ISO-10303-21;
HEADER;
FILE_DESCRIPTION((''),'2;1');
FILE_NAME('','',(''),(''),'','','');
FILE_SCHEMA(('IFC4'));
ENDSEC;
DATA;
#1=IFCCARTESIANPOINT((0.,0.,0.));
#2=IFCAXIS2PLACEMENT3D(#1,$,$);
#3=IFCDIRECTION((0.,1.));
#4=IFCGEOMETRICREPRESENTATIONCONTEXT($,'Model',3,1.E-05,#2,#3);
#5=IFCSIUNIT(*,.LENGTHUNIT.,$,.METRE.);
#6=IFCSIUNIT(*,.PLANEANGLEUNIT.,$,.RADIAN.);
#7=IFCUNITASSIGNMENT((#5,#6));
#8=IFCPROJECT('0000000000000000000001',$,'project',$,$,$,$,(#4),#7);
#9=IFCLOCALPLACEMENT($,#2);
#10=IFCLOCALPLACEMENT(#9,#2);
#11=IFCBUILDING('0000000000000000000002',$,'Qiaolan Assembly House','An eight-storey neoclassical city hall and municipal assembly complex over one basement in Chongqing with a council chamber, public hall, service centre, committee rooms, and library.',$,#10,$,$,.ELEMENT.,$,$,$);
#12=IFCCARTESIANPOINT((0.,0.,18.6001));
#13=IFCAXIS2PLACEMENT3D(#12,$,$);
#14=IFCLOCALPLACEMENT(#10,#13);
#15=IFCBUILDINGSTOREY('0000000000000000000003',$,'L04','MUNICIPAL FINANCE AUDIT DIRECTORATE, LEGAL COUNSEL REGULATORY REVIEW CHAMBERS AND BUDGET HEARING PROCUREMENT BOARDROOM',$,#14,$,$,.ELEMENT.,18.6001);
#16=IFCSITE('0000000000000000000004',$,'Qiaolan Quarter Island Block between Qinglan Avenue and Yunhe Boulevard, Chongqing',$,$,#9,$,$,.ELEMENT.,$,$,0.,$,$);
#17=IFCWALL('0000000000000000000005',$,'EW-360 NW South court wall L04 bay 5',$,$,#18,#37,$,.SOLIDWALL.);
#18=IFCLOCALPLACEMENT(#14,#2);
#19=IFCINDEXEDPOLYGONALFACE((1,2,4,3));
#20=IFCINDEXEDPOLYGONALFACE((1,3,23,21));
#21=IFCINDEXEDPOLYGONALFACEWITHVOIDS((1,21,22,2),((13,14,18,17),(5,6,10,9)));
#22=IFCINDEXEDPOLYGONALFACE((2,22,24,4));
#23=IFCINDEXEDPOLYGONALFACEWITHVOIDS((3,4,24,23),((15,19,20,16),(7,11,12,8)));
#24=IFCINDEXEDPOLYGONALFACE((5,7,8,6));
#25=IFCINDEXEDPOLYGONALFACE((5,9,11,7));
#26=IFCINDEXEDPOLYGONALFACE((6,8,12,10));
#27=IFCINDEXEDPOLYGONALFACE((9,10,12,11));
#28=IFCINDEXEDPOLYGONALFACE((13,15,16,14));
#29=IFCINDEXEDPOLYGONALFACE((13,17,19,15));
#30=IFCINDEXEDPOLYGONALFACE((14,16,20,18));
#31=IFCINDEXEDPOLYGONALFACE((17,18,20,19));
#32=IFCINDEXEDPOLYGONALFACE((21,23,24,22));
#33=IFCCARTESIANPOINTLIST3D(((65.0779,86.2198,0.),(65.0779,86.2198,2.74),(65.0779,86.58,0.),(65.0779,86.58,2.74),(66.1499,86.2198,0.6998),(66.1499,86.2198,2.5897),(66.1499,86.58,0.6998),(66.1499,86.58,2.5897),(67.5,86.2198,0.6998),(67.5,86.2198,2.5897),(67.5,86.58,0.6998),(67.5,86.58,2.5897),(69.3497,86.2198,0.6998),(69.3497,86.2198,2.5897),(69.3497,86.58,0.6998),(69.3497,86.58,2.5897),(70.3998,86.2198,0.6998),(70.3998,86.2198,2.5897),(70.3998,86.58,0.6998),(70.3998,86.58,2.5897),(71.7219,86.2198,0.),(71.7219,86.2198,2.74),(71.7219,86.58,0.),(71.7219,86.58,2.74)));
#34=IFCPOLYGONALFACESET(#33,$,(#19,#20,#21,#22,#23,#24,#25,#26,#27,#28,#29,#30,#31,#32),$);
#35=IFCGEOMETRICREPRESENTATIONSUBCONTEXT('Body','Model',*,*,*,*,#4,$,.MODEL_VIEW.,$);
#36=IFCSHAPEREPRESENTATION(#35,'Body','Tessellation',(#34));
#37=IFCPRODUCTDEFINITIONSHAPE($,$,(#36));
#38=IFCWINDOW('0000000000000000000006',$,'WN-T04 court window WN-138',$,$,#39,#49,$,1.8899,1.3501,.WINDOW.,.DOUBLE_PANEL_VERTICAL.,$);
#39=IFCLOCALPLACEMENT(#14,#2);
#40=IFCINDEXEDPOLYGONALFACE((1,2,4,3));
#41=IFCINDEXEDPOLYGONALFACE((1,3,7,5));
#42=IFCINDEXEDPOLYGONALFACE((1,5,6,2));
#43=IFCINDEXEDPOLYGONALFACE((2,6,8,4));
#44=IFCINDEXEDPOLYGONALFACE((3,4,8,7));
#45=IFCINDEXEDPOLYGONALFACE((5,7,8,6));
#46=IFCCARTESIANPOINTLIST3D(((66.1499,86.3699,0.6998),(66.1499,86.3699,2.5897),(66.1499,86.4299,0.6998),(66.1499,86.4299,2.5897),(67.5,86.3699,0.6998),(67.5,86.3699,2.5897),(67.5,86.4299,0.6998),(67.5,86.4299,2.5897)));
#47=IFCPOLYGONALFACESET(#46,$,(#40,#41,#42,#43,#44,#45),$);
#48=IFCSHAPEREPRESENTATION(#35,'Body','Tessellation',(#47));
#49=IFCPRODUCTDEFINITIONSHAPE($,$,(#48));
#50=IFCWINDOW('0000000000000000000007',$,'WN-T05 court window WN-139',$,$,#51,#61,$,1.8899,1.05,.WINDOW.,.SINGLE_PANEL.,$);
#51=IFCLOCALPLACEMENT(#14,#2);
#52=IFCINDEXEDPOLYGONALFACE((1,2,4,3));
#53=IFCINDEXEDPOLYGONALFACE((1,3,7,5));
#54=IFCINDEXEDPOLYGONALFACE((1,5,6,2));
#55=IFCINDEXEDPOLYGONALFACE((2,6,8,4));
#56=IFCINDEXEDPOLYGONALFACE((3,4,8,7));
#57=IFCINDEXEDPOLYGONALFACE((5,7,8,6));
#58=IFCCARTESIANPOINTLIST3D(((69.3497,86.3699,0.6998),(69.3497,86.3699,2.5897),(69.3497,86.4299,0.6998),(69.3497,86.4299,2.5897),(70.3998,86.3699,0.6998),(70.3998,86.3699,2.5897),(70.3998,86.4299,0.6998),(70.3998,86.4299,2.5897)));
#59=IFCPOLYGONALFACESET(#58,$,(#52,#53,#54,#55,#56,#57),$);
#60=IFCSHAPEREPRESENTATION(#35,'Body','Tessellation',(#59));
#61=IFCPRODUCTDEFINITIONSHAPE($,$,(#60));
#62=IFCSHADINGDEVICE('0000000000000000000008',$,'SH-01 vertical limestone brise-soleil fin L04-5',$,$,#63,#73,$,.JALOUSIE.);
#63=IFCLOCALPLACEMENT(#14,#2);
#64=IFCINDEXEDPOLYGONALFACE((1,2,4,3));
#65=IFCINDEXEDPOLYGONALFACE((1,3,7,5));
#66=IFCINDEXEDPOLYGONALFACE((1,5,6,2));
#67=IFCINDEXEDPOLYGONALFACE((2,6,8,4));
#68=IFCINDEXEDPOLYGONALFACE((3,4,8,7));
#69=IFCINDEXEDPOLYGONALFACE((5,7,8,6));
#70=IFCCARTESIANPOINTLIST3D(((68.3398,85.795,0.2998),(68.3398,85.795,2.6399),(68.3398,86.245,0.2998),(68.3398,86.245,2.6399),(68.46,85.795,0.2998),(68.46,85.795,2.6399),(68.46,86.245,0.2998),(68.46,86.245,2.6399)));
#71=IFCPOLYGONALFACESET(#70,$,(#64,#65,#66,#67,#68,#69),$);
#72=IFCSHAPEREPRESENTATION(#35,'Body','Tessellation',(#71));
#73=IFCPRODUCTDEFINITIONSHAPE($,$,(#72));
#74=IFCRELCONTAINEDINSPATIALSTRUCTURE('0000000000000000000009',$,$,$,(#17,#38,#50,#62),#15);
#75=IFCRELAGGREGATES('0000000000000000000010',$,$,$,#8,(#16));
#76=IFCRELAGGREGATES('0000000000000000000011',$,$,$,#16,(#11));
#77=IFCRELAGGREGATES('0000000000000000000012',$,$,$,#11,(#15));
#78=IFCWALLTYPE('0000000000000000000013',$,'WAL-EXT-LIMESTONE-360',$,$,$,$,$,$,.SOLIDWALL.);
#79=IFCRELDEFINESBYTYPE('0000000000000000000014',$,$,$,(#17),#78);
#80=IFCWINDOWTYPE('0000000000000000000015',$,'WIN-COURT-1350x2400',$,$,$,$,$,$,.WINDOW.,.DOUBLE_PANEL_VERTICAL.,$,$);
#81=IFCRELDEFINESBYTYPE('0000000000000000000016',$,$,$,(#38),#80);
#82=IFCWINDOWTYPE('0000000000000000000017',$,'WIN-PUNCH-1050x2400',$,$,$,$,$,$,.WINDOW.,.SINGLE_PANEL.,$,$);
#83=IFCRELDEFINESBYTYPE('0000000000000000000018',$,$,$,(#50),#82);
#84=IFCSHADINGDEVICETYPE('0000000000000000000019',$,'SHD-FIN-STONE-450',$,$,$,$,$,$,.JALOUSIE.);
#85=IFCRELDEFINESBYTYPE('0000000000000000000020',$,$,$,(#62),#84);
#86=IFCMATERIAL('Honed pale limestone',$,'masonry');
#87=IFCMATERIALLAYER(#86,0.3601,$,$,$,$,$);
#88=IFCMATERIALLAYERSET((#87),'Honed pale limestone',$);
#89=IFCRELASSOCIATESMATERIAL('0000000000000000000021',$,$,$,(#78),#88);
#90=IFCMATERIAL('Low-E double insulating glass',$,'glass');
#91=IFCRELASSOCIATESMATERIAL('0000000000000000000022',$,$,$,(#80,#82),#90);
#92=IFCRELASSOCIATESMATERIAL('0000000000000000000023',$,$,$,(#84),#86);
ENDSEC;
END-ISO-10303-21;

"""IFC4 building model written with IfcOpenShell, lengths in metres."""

from ifc_helpers import new_model, si_unit, direction, frame, frame_2d, origin, origin_2d, place, context, subcontext, project, spatial, rectangle, extrude, material, layer, layer_set, material_profile, profile_set, type_object, element, fill, save


model = new_model("IFC4")

# Units and contexts
model_context = context("Model", 3, precision=1e-05, world=origin(), true_north=direction((0.0, 1.0)))
body_context = subcontext(model_context, "Body", "Model", "MODEL_VIEW")
ifc_project = project(units=[si_unit("LENGTHUNIT", "METRE"), si_unit("PLANEANGLEUNIT", "RADIAN")], contexts=[model_context])

# Site, building, storey
site_placement = place(None, origin())
site = spatial("IfcSite", under=ifc_project, at=site_placement, Name="Qiaolan Quarter Island Block between Qinglan Avenue and Yunhe Boulevard, Chongqing", CompositionType="ELEMENT", RefElevation=0.0)
building_placement = place(site_placement, origin())
building = spatial("IfcBuilding", under=site, at=building_placement, Name="Qiaolan Assembly House", Description="An eight-storey neoclassical city hall and municipal assembly complex over one basement in Chongqing with a council chamber, public hall, service centre, committee rooms, and library.", CompositionType="ELEMENT")
storey_placement = place(building_placement, frame((0.0, 0.0, 18.6001)))
storey = spatial("IfcBuildingStorey", under=building, at=storey_placement, Name="L04", Description="MUNICIPAL FINANCE AUDIT DIRECTORATE, LEGAL COUNSEL REGULATORY REVIEW CHAMBERS AND BUDGET HEARING PROCUREMENT BOARDROOM", CompositionType="ELEMENT", Elevation=18.6001)

# Wall, openings, windows
ifc_material_1 = material(Name="Honed pale limestone", Category="masonry")
ifc_layer_1 = layer(ifc_material_1, 0.3601)
ifc_layer_set_1 = layer_set([ifc_layer_1], Name="Honed pale limestone")
wall_type = type_object("IfcWallType", Name="WAL-EXT-LIMESTONE-360", PredefinedType="SOLIDWALL", material=ifc_layer_set_1)
wall_placement = place(storey_placement, frame((65.0779, 86.3999, 0.0), z_axis=(0.0, 0.0, 1.0), x_axis=(1.0, 0.0, 0.0)))
wall = element("IfcWall", 1, at=wall_placement, inside=storey, type_object=wall_type, Name="EW-360 NW South court wall L04 bay 5", PredefinedType="SOLIDWALL", context=body_context, shape_type="SweptSolid", body=[
    extrude(rectangle(XDim=6.644, YDim=0.3601, at=frame_2d((3.322, 0.0))), origin(), (0.0, 0.0, 1.0), 2.74),
])
opening_1_placement = place(wall_placement, frame((1.072, 0.0, 0.7)))
opening_1 = element("IfcOpeningElement", 2, at=opening_1_placement, cuts=wall, PredefinedType="OPENING", context=body_context, shape_type="SweptSolid", body=[
    extrude(rectangle(XDim=1.3501, YDim=1.8899, at=frame_2d((0.675, 0.9448))), frame((0.0, 0.1899, 0.0), z_axis=(0.0, -1.0, 0.0), x_axis=(1.0, 0.0, 0.0)), (0.0, 0.0, 1.0), 0.3801),
])
opening_2_placement = place(wall_placement, frame((4.272, 0.0, 0.7)))
opening_2 = element("IfcOpeningElement", 3, at=opening_2_placement, cuts=wall, PredefinedType="OPENING", context=body_context, shape_type="SweptSolid", body=[
    extrude(rectangle(XDim=1.05, YDim=1.8899, at=frame_2d((0.5249, 0.9448))), frame((0.0, 0.1899, 0.0), z_axis=(0.0, -1.0, 0.0), x_axis=(1.0, 0.0, 0.0)), (0.0, 0.0, 1.0), 0.3801),
])
ifc_material_2 = material(Name="Low-E double insulating glass", Category="glass")
window_type_1 = type_object("IfcWindowType", Name="WIN-COURT-1350x2400", PartitioningType="DOUBLE_PANEL_VERTICAL", PredefinedType="WINDOW", material=ifc_material_2)
window_1_placement = place(opening_1_placement, origin())
window_1 = element("IfcWindow", 4, at=window_1_placement, inside=storey, type_object=window_type_1, Name="WN-T04 court window WN-138", OverallHeight=1.8899, OverallWidth=1.3501, PartitioningType="DOUBLE_PANEL_VERTICAL", PredefinedType="WINDOW", context=body_context, shape_type="SweptSolid", body=[
    extrude(rectangle(XDim=1.3501, YDim=1.8899, at=frame_2d((0.675, 0.9448))), frame((0.0, 0.03, 0.0), z_axis=(0.0, -1.0, 0.0), x_axis=(1.0, 0.0, 0.0)), (0.0, 0.0, 1.0), 0.0601),
])
fill(opening_1, window_1)
window_type_2 = type_object("IfcWindowType", Name="WIN-PUNCH-1050x2400", PartitioningType="SINGLE_PANEL", PredefinedType="WINDOW", material=ifc_material_2)
window_2_placement = place(opening_2_placement, origin())
window_2 = element("IfcWindow", 5, at=window_2_placement, inside=storey, type_object=window_type_2, Name="WN-T05 court window WN-139", OverallHeight=1.8899, OverallWidth=1.05, PartitioningType="SINGLE_PANEL", PredefinedType="WINDOW", context=body_context, shape_type="SweptSolid", body=[
    extrude(rectangle(XDim=1.05, YDim=1.8899, at=frame_2d((0.5249, 0.9448))), frame((0.0, 0.03, 0.0), z_axis=(0.0, -1.0, 0.0), x_axis=(1.0, 0.0, 0.0)), (0.0, 0.0, 1.0), 0.0601),
])
fill(opening_2, window_2)

# Shading device
ifc_material_profile_1 = material_profile(ifc_material_1, rectangle(XDim=0.1201, YDim=0.45, at=origin_2d()), Name="FIN 120x450")
ifc_profile_set_1 = profile_set([ifc_material_profile_1], Name="Honed pale limestone")
shading_device_type = type_object("IfcShadingDeviceType", Name="SHD-FIN-STONE-450", PredefinedType="JALOUSIE", material=ifc_profile_set_1)
shading_device_placement = place(storey_placement, frame((68.3999, 86.02, 0.2998), z_axis=(0.0, 0.0, 1.0), x_axis=(1.0, 0.0, 0.0)))
element("IfcShadingDevice", 6, at=shading_device_placement, inside=storey, type_object=shading_device_type, Name="SH-01 vertical limestone brise-soleil fin L04-5", PredefinedType="JALOUSIE", context=body_context, shape_type="SweptSolid", body=[
    extrude(rectangle(XDim=0.1201, YDim=0.45, at=origin_2d()), origin(), (0.0, 0.0, 1.0), 2.3401),
])

save(model, "model.ifc")
